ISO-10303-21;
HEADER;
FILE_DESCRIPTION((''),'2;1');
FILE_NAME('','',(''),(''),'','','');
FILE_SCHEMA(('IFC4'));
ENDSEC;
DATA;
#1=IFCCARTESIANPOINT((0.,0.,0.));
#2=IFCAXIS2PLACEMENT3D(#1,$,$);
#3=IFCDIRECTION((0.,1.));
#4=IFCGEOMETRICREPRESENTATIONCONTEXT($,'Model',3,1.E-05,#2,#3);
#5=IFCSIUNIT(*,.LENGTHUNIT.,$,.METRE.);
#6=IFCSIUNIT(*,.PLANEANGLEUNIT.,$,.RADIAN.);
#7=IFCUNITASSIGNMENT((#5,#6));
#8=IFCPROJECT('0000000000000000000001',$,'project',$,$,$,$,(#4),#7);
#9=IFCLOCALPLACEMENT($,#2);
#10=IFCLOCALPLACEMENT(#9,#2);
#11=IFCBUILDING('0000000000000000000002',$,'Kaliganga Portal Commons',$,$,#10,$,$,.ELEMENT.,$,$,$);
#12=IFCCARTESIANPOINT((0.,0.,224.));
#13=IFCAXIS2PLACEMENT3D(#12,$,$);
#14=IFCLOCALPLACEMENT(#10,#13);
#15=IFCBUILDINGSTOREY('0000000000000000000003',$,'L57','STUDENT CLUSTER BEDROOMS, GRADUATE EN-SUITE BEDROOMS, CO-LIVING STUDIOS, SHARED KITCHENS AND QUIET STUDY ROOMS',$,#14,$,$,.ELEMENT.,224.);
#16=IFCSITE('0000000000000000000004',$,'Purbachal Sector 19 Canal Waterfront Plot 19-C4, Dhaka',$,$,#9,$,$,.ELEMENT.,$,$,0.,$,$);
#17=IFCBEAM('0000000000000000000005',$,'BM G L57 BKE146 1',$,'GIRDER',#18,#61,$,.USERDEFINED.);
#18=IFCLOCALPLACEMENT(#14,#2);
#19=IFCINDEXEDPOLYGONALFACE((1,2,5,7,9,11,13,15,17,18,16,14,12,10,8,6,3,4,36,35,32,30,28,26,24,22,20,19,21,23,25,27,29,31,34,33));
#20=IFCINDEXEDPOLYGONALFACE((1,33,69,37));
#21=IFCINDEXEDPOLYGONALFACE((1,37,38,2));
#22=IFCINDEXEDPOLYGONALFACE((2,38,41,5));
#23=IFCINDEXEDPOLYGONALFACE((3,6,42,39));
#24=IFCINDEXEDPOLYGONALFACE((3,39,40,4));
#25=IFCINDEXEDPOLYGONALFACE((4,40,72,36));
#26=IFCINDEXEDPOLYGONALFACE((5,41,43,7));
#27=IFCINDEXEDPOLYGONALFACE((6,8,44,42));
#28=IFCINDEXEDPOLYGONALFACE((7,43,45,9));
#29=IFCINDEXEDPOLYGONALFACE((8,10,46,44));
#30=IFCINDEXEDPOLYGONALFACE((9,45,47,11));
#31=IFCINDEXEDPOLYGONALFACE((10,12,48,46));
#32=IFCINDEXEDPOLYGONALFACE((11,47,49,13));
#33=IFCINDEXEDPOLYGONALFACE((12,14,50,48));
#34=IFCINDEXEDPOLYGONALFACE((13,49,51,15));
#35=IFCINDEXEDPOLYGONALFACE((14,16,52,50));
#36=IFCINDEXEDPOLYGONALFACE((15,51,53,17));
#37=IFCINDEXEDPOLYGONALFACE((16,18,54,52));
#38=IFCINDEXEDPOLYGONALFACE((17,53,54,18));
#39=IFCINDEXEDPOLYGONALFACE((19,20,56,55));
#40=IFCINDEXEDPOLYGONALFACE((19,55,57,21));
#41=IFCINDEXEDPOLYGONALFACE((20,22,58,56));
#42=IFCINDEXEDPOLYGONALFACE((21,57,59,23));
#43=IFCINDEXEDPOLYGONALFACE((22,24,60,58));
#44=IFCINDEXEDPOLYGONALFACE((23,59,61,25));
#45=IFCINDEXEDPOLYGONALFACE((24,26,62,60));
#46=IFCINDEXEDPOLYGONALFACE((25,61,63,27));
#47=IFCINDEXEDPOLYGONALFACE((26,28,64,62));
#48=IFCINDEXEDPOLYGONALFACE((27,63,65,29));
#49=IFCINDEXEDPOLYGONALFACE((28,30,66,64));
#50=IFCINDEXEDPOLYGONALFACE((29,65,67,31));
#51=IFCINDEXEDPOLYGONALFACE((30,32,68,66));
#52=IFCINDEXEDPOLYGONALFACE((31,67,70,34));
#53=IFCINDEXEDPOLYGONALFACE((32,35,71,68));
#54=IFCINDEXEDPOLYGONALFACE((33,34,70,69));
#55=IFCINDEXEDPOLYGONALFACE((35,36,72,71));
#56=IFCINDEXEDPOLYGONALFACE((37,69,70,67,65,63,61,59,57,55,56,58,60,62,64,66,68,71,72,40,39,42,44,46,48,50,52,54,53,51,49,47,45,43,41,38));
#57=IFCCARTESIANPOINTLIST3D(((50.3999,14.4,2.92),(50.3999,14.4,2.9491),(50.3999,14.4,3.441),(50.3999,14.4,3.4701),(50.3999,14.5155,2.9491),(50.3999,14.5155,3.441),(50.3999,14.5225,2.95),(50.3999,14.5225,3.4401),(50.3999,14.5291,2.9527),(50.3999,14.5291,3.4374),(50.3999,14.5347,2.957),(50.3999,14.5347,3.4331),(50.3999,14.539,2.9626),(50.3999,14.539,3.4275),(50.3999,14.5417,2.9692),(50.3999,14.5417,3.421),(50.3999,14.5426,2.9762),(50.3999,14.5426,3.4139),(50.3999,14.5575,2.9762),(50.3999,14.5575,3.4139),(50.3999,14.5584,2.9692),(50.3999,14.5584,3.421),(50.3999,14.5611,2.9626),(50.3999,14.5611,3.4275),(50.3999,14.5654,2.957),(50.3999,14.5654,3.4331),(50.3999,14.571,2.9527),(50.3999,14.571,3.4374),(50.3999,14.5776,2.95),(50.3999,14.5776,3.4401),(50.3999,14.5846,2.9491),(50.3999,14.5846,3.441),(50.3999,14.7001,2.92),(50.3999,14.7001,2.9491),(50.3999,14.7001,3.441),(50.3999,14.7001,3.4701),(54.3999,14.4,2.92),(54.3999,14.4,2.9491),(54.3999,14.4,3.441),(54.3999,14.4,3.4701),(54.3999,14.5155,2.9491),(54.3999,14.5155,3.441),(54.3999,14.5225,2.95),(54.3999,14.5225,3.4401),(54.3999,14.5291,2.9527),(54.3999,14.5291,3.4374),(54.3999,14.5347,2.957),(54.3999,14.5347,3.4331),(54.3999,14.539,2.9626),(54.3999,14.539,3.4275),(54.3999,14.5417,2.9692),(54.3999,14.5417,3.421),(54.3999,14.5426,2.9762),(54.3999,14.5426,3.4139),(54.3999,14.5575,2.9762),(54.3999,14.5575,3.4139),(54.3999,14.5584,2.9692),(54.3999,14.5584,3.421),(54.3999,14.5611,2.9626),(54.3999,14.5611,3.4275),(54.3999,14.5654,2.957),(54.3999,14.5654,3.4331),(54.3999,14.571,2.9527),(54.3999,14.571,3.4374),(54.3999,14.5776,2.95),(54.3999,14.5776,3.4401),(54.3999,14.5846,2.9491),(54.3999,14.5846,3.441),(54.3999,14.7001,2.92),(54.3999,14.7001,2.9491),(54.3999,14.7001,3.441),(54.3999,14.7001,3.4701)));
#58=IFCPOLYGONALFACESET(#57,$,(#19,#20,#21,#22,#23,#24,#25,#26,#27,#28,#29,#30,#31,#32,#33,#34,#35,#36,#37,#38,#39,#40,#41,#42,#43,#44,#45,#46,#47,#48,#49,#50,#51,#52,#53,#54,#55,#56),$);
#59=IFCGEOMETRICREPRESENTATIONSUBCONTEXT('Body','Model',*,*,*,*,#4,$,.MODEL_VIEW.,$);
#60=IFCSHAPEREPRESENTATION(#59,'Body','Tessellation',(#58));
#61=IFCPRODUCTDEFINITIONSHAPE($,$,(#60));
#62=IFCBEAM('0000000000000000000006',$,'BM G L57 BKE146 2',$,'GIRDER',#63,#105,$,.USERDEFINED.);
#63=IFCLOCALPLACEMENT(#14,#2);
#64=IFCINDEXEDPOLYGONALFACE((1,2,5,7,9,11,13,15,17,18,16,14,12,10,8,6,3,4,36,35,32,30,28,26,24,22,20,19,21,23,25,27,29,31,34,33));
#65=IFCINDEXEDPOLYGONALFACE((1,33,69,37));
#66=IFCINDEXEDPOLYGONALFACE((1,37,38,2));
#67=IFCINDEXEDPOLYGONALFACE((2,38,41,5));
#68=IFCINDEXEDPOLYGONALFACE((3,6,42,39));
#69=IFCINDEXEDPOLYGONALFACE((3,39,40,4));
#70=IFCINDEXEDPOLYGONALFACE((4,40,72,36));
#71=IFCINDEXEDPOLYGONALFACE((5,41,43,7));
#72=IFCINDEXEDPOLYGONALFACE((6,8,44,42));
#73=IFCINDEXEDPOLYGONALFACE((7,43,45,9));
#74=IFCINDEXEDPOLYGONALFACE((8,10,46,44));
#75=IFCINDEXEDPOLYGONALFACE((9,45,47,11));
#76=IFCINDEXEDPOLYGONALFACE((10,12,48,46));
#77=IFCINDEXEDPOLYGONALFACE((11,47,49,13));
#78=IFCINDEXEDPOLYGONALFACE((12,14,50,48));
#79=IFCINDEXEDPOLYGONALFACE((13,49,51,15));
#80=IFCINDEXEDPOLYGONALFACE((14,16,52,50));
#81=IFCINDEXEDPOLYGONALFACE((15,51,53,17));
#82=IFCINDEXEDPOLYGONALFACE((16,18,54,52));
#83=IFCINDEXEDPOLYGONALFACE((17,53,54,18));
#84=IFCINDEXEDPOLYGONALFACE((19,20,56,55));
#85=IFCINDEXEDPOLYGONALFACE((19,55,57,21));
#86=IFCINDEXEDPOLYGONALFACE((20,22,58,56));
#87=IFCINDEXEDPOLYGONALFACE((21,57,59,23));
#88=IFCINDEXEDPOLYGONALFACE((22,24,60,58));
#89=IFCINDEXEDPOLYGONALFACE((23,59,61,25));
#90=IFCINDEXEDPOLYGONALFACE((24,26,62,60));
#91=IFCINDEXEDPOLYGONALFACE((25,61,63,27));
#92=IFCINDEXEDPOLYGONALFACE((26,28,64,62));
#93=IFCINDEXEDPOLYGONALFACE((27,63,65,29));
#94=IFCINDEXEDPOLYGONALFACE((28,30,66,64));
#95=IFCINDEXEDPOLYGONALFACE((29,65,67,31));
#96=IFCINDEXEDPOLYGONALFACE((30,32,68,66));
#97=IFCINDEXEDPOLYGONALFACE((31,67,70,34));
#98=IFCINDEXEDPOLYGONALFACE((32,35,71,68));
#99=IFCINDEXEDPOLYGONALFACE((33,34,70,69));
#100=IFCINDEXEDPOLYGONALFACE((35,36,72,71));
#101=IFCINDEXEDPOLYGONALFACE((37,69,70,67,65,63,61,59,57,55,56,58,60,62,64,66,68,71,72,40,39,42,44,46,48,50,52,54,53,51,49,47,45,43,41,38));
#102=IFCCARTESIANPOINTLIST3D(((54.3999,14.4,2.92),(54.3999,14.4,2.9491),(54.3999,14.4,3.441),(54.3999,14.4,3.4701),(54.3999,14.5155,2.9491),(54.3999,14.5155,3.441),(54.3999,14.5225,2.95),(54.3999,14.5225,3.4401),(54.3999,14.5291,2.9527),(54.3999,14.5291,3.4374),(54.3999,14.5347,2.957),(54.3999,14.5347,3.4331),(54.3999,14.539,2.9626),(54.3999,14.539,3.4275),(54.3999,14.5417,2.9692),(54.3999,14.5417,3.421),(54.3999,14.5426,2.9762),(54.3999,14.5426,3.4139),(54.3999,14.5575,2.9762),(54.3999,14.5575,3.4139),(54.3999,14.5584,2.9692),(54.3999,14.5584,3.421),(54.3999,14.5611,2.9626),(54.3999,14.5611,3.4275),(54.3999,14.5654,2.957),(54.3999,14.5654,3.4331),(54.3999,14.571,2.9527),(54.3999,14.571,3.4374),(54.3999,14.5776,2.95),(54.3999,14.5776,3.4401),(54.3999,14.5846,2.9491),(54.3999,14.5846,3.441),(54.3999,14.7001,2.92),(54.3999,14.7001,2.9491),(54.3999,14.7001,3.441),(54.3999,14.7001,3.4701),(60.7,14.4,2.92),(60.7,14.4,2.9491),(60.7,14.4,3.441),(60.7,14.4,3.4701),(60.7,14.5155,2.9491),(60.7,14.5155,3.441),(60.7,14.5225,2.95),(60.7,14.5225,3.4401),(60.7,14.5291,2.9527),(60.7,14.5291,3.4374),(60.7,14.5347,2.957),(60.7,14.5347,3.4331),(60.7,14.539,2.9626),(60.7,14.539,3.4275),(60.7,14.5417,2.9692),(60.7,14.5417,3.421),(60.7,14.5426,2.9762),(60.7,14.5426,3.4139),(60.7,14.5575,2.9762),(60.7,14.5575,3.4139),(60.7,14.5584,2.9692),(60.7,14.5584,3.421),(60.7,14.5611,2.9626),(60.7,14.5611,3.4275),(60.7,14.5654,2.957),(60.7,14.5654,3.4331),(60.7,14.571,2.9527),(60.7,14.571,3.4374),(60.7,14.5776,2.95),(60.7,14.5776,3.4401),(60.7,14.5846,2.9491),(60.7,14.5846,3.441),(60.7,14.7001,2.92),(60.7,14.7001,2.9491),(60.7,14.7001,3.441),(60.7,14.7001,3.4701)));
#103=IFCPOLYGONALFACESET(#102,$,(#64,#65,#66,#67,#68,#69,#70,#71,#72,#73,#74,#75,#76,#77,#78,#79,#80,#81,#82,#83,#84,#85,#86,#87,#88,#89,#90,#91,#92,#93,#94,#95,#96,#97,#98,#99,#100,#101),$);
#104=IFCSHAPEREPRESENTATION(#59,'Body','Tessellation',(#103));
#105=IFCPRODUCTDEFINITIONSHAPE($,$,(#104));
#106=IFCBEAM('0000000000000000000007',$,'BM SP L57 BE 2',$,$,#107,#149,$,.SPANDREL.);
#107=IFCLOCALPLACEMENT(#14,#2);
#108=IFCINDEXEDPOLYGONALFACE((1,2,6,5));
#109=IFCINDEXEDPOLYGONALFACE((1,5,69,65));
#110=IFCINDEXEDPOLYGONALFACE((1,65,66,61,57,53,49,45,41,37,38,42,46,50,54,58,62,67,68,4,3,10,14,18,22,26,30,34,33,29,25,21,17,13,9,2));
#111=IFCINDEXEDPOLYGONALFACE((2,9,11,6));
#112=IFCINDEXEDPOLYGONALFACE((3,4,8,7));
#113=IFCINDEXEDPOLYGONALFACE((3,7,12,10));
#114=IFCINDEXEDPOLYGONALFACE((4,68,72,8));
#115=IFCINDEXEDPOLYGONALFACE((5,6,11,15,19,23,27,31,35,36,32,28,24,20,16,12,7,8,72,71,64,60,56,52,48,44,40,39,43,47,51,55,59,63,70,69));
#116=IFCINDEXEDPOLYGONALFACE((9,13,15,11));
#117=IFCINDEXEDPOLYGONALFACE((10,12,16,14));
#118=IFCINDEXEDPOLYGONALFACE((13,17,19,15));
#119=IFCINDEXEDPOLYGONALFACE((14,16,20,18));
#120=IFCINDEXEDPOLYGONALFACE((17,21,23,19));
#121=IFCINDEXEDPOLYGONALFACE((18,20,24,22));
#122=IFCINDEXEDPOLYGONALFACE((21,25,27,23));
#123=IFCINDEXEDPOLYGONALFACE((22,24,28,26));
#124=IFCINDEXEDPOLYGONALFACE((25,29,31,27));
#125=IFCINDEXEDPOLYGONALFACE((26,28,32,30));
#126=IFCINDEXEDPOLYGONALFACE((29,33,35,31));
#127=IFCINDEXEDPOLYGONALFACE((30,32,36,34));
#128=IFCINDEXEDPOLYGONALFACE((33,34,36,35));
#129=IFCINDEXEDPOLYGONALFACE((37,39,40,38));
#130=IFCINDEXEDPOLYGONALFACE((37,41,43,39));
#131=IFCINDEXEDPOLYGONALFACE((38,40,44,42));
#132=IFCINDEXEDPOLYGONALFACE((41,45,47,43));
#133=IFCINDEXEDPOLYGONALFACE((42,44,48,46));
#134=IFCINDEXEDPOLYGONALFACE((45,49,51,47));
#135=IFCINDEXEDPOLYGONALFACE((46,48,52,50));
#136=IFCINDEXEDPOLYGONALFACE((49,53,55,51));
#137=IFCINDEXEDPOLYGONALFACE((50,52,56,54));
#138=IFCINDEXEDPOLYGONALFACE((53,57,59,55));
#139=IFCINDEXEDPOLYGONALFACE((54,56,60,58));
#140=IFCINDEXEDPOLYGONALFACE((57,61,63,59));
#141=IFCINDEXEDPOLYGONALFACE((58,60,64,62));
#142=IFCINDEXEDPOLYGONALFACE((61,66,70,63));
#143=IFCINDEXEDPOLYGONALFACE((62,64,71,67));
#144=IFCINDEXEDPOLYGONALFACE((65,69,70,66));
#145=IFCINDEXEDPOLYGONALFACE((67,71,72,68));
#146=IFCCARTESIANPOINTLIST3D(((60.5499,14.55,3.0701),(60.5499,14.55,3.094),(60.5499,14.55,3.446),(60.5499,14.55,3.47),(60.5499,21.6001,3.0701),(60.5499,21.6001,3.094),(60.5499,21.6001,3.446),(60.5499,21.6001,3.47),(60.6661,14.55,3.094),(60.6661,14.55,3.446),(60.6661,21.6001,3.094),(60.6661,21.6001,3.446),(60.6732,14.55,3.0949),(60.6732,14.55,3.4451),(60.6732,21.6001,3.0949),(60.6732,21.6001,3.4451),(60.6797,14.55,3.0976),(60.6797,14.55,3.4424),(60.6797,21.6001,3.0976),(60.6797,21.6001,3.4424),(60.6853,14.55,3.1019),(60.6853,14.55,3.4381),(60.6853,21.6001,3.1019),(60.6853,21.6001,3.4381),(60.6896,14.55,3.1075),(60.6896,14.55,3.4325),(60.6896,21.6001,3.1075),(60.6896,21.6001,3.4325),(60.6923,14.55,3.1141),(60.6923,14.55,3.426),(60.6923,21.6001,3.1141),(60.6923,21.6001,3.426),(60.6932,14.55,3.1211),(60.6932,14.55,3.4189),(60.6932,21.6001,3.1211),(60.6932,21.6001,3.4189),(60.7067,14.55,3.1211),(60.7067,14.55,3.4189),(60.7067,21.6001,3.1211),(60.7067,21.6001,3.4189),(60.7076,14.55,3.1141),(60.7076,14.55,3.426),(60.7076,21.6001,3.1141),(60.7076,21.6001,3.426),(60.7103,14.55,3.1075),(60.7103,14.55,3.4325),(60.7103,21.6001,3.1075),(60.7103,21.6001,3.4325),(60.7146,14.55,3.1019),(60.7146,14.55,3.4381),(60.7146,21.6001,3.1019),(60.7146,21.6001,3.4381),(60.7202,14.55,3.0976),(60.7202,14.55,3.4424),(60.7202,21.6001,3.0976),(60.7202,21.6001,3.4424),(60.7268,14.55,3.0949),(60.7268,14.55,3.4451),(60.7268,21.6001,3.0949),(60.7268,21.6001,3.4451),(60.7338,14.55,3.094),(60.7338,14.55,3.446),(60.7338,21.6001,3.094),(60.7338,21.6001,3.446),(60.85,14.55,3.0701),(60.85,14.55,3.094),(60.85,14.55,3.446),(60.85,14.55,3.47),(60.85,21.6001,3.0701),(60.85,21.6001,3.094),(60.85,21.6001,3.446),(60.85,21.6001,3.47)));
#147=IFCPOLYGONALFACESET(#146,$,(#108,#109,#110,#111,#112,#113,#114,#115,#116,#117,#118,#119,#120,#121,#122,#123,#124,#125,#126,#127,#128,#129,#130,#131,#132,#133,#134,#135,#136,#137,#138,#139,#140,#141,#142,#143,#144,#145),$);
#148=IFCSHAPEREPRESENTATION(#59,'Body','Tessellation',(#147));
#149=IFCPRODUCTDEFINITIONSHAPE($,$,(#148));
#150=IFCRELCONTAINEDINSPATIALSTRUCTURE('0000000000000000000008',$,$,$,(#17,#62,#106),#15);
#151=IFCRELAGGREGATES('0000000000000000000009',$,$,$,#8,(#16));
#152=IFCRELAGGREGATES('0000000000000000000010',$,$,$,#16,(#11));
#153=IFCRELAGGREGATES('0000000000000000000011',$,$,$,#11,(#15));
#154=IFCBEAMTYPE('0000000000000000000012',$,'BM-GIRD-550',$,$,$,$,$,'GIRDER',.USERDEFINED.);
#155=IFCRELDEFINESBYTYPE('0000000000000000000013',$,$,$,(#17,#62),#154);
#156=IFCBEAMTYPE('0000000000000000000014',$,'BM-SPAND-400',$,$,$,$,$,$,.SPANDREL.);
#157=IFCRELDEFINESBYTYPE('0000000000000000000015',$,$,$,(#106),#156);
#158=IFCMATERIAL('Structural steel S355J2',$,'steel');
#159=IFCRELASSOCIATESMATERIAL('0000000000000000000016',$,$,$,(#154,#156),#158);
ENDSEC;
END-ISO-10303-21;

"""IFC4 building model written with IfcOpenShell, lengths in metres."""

from ifc_helpers import new_model, si_unit, direction, frame, origin, origin_2d, place, context, subcontext, project, spatial, i_section, extrude, source, transform, mapped, material, material_profile, profile_set, type_object, element, save


model = new_model("IFC4")

# Units and contexts
model_context = context("Model", 3, precision=1e-05, world=origin(), true_north=direction((0.0, 1.0)))
body_context = subcontext(model_context, "Body", "Model", "MODEL_VIEW")
ifc_project = project(units=[si_unit("LENGTHUNIT", "METRE"), si_unit("PLANEANGLEUNIT", "RADIAN")], contexts=[model_context])

# Site, building, storey
site_placement = place(None, origin())
site = spatial("IfcSite", under=ifc_project, at=site_placement, Name="Purbachal Sector 19 Canal Waterfront Plot 19-C4, Dhaka", CompositionType="ELEMENT", RefElevation=0.0)
building_placement = place(site_placement, origin())
building = spatial("IfcBuilding", under=site, at=building_placement, Name="Kaliganga Portal Commons", CompositionType="ELEMENT")
storey_placement = place(building_placement, frame((0.0, 0.0, 224.0)))
storey = spatial("IfcBuildingStorey", under=building, at=storey_placement, Name="L57", Description="STUDENT CLUSTER BEDROOMS, GRADUATE EN-SUITE BEDROOMS, CO-LIVING STUDIOS, SHARED KITCHENS AND QUIET STUDY ROOMS", CompositionType="ELEMENT", Elevation=224.0)

# Shared definitions
ifc_material_1 = material(Name="Structural steel S355J2", Category="steel")

# Beams
ifc_material_profile_1 = material_profile(ifc_material_1, i_section(OverallWidth=0.3, OverallDepth=0.55, WebThickness=0.0149, FlangeThickness=0.0291, FilletRadius=0.0271, at=origin_2d()), Name="HE 550 B")
ifc_profile_set_1 = profile_set([ifc_material_profile_1], Name="Structural steel S355J2 wide-flange")
beam_type_1 = type_object("IfcBeamType", Name="BM-GIRD-550", ElementType="GIRDER", PredefinedType="USERDEFINED", material=ifc_profile_set_1)
shared_shape_1 = source(origin(), body_context, "Body", "SweptSolid", [
    extrude(i_section(OverallWidth=0.3, OverallDepth=0.55, WebThickness=0.0149, FlangeThickness=0.0291, FilletRadius=0.0271, at=origin_2d()), origin(), (0.0, 0.0, 1.0), 4.0),
])
beam_1_placement = place(storey_placement, frame((50.3999, 14.55, 3.1951), z_axis=(1.0, 0.0, 0.0), x_axis=(0.0, 1.0, 0.0)))
element("IfcBeam", 1, at=beam_1_placement, inside=storey, type_object=beam_type_1, Name="BM G L57 BKE146 1", ObjectType="GIRDER", PredefinedType="USERDEFINED", context=body_context, shape_type="MappedRepresentation", body=[
    mapped(shared_shape_1, transform((0.0, 0.0, 0.0), x_axis=(1.0, 0.0, 0.0), y_axis=(0.0, 1.0, 0.0), z_axis=(0.0, 0.0, 1.0), scale=1.0)),
])
shared_shape_2 = source(origin(), body_context, "Body", "SweptSolid", [
    extrude(i_section(OverallWidth=0.3, OverallDepth=0.55, WebThickness=0.0149, FlangeThickness=0.0291, FilletRadius=0.0271, at=origin_2d()), origin(), (0.0, 0.0, 1.0), 6.3),
])
beam_2_placement = place(storey_placement, frame((54.3999, 14.55, 3.1951), z_axis=(1.0, 0.0, 0.0), x_axis=(0.0, 1.0, 0.0)))
element("IfcBeam", 2, at=beam_2_placement, inside=storey, type_object=beam_type_1, Name="BM G L57 BKE146 2", ObjectType="GIRDER", PredefinedType="USERDEFINED", context=body_context, shape_type="MappedRepresentation", body=[
    mapped(shared_shape_2, transform((0.0, 0.0, 0.0), x_axis=(1.0, 0.0, 0.0), y_axis=(0.0, 1.0, 0.0), z_axis=(0.0, 0.0, 1.0), scale=1.0)),
])
ifc_material_profile_2 = material_profile(ifc_material_1, i_section(OverallWidth=0.3, OverallDepth=0.3999, WebThickness=0.0134, FlangeThickness=0.0239, FilletRadius=0.0271, at=origin_2d()), Name="HE 400 B")
ifc_profile_set_2 = profile_set([ifc_material_profile_2], Name="Structural steel S355J2 wide-flange")
beam_type_2 = type_object("IfcBeamType", Name="BM-SPAND-400", PredefinedType="SPANDREL", material=ifc_profile_set_2)
shared_shape_3 = source(origin(), body_context, "Body", "SweptSolid", [
    extrude(i_section(OverallWidth=0.3, OverallDepth=0.3999, WebThickness=0.0134, FlangeThickness=0.0239, FilletRadius=0.0271, at=origin_2d()), origin(), (0.0, 0.0, 1.0), 7.05),
])
beam_3_placement = place(storey_placement, frame((60.7, 14.55, 3.27), z_axis=(0.0, 1.0, 0.0), x_axis=(-1.0, 0.0, 0.0)))
element("IfcBeam", 3, at=beam_3_placement, inside=storey, type_object=beam_type_2, Name="BM SP L57 BE 2", PredefinedType="SPANDREL", context=body_context, shape_type="MappedRepresentation", body=[
    mapped(shared_shape_3, transform((0.0, 0.0, 0.0), x_axis=(1.0, 0.0, 0.0), y_axis=(0.0, 1.0, 0.0), z_axis=(0.0, 0.0, 1.0), scale=1.0)),
])

save(model, "model.ifc")
